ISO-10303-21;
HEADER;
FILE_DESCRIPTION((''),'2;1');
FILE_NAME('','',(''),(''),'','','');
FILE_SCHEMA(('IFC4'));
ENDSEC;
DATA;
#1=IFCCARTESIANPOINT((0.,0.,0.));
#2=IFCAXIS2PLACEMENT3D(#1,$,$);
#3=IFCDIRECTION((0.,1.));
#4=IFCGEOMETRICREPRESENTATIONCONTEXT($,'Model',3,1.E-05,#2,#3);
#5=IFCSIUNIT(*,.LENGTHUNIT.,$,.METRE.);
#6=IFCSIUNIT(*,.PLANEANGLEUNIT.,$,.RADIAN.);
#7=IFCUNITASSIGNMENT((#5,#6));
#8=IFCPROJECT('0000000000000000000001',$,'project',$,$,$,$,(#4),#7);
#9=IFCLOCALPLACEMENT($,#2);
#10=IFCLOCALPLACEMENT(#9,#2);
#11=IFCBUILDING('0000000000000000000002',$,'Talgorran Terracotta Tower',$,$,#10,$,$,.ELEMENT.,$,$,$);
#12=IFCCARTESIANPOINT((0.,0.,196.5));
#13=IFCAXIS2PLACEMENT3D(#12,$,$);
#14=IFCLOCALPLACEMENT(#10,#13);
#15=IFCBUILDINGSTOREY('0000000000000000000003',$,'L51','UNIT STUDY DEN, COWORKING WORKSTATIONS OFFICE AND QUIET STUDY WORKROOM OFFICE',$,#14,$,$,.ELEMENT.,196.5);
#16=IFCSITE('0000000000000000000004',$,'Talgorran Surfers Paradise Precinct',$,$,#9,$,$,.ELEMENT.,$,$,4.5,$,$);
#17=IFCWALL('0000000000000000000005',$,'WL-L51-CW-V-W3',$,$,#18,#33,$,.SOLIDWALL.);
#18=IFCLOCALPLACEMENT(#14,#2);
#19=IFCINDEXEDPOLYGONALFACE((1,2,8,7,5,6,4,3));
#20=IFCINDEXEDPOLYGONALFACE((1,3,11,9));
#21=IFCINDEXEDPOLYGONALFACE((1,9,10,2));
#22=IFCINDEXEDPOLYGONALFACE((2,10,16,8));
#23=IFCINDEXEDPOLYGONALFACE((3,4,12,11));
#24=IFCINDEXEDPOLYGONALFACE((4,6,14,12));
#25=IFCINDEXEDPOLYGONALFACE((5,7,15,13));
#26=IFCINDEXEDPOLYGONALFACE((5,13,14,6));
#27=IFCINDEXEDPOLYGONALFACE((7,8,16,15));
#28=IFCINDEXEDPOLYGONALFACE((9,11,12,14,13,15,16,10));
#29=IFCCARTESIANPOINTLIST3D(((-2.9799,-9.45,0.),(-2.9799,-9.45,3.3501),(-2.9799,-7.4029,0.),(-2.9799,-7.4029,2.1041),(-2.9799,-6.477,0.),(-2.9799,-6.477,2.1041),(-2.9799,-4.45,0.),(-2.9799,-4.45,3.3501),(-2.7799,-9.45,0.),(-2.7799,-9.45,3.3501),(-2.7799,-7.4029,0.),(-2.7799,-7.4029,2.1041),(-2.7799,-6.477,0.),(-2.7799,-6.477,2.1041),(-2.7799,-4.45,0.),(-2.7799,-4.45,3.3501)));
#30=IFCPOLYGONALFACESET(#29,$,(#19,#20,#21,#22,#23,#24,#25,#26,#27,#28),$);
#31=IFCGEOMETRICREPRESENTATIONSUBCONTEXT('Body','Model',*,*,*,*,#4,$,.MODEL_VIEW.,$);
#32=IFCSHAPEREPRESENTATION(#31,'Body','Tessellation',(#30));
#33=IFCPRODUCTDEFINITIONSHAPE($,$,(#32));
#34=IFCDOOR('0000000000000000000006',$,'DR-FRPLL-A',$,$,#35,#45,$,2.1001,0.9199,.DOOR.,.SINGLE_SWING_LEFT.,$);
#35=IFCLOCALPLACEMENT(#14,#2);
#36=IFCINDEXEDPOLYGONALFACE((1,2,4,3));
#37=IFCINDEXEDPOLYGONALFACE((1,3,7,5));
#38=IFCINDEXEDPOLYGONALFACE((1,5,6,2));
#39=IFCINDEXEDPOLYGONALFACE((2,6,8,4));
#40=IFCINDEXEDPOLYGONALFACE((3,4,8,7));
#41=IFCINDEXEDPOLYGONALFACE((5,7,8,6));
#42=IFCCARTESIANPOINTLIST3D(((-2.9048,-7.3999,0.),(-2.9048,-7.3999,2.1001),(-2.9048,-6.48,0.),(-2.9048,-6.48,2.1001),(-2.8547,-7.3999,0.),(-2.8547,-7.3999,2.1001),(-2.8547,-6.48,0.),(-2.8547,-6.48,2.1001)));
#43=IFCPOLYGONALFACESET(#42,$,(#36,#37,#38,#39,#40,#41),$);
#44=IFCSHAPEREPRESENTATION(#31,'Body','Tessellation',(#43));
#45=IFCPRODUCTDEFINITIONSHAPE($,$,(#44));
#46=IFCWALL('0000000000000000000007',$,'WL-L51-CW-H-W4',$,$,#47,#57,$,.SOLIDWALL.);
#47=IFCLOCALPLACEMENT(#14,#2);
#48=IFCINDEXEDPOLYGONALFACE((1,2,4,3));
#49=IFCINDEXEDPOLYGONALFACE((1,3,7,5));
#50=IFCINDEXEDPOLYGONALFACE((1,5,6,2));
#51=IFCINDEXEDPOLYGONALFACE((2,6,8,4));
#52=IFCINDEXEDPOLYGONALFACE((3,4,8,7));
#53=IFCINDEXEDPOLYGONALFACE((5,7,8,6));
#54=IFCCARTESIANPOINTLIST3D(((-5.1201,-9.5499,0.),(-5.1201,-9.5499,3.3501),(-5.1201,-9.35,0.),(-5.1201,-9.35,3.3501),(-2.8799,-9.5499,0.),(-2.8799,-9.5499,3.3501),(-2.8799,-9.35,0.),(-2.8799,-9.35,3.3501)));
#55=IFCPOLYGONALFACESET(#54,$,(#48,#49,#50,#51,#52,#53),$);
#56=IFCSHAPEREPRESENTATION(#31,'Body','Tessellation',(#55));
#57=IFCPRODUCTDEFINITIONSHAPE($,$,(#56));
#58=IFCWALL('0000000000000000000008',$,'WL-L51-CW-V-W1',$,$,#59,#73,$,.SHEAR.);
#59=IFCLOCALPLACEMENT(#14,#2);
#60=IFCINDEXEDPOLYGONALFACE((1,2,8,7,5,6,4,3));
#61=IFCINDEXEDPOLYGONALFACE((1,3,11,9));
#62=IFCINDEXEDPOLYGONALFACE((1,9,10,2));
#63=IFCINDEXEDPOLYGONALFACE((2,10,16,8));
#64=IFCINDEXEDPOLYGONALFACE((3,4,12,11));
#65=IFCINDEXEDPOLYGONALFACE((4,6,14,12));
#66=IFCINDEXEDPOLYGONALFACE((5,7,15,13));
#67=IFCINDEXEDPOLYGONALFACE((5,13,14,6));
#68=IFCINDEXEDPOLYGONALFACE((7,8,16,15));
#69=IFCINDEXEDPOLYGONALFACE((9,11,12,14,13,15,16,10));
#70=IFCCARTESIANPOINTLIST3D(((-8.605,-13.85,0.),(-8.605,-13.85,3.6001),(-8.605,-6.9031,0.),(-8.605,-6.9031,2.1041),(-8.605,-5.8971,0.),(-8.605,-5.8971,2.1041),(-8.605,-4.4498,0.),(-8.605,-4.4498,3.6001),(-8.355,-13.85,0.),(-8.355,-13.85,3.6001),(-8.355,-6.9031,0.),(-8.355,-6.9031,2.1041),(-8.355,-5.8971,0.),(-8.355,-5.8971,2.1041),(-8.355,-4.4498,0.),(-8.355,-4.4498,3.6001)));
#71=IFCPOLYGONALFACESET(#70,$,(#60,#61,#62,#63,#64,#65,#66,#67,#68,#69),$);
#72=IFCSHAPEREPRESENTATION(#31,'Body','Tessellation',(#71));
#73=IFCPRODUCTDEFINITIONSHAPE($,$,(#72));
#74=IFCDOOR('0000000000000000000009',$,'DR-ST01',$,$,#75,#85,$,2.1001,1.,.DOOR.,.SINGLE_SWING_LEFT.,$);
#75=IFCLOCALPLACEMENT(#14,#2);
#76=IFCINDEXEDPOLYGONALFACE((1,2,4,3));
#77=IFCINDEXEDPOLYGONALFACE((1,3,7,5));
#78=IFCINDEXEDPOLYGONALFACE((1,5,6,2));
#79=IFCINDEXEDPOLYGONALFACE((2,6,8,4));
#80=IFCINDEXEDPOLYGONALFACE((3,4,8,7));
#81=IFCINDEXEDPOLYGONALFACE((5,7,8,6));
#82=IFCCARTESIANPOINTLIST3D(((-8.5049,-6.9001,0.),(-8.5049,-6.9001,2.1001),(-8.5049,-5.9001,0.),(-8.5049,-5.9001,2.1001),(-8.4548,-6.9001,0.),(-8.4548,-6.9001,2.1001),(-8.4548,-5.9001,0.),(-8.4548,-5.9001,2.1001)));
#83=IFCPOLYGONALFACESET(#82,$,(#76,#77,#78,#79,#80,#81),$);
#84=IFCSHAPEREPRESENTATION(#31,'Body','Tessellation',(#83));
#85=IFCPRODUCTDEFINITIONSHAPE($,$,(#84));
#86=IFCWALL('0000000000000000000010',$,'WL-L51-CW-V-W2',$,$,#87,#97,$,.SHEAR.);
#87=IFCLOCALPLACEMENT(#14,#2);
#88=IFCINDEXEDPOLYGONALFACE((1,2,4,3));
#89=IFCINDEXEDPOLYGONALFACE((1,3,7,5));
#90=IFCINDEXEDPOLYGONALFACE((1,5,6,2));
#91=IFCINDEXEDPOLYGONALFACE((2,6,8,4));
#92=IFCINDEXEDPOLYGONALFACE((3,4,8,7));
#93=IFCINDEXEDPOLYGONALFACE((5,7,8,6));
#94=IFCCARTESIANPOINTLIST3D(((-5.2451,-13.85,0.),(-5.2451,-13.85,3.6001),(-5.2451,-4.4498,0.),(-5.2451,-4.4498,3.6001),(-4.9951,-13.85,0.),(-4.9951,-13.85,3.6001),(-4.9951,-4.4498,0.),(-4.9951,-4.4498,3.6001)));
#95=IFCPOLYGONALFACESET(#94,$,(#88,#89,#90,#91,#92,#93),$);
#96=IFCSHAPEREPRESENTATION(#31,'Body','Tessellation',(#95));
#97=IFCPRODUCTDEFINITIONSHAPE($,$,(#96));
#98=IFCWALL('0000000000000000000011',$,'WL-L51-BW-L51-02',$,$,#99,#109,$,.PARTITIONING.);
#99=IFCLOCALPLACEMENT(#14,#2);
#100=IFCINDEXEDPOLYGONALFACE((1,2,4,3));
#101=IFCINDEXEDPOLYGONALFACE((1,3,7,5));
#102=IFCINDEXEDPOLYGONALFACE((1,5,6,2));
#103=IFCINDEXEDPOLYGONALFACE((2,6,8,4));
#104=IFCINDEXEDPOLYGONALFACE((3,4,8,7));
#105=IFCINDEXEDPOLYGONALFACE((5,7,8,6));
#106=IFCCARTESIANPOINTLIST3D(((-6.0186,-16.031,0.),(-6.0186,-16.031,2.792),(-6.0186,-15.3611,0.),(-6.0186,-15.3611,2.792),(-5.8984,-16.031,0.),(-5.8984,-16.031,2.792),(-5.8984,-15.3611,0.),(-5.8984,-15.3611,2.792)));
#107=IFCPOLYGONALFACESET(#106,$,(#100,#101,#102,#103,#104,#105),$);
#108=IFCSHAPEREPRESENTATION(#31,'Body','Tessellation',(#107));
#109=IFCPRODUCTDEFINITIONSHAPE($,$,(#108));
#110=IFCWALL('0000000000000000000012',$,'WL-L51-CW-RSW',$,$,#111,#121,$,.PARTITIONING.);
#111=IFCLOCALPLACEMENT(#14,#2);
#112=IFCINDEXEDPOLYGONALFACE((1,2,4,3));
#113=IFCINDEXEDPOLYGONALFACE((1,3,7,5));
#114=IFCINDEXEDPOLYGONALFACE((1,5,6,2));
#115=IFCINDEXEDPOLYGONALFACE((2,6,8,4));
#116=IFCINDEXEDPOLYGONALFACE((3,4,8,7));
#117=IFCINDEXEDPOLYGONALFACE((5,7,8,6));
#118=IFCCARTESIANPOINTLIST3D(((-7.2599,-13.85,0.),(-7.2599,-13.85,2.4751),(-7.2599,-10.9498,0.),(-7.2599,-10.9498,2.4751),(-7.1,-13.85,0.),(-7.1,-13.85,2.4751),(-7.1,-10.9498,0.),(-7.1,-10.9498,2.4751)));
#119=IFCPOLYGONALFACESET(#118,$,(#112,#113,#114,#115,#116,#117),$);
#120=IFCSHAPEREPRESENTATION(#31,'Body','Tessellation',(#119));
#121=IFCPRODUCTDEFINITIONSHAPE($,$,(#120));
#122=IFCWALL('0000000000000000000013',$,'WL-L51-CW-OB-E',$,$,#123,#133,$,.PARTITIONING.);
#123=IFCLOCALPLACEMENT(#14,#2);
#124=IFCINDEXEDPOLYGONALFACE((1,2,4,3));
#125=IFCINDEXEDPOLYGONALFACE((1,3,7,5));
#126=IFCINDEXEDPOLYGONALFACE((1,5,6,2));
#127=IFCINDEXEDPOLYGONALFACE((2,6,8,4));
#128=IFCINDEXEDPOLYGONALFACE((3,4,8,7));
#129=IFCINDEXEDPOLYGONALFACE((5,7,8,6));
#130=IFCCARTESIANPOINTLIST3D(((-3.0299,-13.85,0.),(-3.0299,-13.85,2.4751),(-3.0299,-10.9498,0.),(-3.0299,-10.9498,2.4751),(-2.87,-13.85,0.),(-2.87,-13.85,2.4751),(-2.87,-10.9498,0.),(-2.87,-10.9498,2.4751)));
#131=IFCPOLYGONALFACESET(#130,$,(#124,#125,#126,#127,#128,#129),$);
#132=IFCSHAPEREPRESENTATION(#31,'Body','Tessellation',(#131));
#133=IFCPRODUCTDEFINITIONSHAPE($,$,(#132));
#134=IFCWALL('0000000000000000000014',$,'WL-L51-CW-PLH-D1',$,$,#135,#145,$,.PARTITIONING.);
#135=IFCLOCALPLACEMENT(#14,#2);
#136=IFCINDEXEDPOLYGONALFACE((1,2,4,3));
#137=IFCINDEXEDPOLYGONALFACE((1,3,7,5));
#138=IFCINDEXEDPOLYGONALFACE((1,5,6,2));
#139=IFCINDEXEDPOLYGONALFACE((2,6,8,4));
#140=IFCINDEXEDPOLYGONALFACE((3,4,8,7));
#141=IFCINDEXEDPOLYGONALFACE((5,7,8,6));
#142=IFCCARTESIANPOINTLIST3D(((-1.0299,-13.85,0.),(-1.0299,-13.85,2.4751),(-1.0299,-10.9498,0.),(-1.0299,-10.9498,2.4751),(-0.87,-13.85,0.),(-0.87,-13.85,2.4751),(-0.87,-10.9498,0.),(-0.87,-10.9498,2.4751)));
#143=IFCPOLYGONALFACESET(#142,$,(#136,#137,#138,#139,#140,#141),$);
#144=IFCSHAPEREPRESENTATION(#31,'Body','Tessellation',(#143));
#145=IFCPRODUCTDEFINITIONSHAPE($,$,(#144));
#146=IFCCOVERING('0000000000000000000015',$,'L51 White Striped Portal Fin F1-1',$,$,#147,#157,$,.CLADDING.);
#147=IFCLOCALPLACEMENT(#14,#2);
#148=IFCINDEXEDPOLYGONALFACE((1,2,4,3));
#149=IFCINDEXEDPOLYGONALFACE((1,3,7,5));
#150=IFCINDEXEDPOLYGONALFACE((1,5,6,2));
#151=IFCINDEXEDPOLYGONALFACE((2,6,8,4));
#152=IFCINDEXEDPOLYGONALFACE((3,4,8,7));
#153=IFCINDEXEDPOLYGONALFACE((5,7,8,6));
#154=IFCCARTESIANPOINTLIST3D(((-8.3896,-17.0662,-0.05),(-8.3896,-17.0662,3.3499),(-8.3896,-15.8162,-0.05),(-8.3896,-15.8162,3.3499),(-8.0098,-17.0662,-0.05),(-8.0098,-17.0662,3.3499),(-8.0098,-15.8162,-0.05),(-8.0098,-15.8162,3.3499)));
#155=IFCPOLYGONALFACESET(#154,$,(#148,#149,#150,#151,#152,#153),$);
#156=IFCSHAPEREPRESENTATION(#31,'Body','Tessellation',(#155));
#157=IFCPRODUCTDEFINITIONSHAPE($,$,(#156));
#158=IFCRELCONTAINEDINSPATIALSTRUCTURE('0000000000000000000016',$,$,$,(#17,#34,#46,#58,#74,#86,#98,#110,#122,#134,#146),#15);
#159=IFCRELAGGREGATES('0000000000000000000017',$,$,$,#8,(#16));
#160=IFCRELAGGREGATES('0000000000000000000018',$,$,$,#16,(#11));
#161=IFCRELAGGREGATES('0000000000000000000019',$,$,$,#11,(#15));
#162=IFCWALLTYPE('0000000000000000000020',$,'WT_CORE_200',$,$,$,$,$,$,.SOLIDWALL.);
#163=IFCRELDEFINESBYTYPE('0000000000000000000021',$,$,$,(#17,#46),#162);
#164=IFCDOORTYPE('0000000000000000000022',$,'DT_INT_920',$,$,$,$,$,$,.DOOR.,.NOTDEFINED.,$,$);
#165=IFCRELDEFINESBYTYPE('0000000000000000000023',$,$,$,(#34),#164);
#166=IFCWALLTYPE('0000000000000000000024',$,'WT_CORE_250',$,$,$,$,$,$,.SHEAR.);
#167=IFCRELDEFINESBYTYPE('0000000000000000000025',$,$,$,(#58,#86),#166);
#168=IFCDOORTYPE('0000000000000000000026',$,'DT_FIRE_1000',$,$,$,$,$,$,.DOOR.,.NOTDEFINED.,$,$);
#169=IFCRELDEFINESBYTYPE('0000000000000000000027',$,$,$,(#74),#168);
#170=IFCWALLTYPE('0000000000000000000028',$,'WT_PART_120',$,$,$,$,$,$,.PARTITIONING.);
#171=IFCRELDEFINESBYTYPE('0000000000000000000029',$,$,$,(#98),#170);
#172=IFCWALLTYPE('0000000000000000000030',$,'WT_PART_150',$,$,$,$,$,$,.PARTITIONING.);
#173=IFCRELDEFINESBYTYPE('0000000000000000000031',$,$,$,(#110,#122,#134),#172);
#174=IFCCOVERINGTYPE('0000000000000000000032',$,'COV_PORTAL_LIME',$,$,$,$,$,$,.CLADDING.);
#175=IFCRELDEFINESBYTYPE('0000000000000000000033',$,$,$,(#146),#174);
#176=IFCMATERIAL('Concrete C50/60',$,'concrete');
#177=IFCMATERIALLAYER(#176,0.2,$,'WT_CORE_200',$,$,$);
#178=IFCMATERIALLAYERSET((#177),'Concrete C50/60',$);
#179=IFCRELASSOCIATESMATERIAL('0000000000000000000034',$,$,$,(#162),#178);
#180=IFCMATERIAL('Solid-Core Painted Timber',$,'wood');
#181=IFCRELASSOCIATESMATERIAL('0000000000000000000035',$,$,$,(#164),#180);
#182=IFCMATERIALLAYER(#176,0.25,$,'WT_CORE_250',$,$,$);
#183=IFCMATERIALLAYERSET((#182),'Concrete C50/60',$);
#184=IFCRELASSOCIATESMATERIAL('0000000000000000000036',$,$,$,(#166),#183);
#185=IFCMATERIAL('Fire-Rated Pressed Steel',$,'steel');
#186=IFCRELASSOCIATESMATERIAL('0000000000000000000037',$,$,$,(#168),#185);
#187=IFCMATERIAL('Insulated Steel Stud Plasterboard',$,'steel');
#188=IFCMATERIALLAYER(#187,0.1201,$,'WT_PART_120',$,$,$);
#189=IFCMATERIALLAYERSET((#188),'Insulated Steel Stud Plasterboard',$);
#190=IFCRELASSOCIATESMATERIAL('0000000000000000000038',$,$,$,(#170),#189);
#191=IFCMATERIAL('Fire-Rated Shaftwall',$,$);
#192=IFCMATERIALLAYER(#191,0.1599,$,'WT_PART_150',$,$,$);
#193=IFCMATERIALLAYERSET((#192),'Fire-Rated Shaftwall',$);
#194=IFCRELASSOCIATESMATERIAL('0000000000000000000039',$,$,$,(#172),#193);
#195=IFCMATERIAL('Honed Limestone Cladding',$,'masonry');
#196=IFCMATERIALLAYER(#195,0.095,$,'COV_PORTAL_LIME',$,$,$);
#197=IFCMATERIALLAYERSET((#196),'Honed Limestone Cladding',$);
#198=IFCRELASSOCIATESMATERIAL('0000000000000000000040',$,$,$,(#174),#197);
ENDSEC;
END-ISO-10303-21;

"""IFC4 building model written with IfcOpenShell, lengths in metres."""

from ifc_helpers import new_model, si_unit, direction, frame, frame_2d, origin, origin_2d, place, context, subcontext, project, spatial, rectangle, extrude, material, layer, layer_set, type_object, element, fill, save


model = new_model("IFC4")

# Units and contexts
model_context = context("Model", 3, precision=1e-05, world=origin(), true_north=direction((0.0, 1.0)))
body_context = subcontext(model_context, "Body", "Model", "MODEL_VIEW")
ifc_project = project(units=[si_unit("LENGTHUNIT", "METRE"), si_unit("PLANEANGLEUNIT", "RADIAN")], contexts=[model_context])

# Site, building, storey
site_placement = place(None, origin())
site = spatial("IfcSite", under=ifc_project, at=site_placement, Name="Talgorran Surfers Paradise Precinct", CompositionType="ELEMENT", RefElevation=4.5)
building_placement = place(site_placement, origin())
building = spatial("IfcBuilding", under=site, at=building_placement, Name="Talgorran Terracotta Tower", CompositionType="ELEMENT")
storey_placement = place(building_placement, frame((0.0, 0.0, 196.5)))
storey = spatial("IfcBuildingStorey", under=building, at=storey_placement, Name="L51", Description="UNIT STUDY DEN, COWORKING WORKSTATIONS OFFICE AND QUIET STUDY WORKROOM OFFICE", CompositionType="ELEMENT", Elevation=196.5)

# Shared definitions
ifc_material_1 = material(Name="Concrete C50/60", Category="concrete")

# Shared definitions
ifc_layer_1 = layer(ifc_material_1, 0.2, Name="WT_CORE_200")
ifc_layer_set_1 = layer_set([ifc_layer_1], Name="Concrete C50/60")
wall_type_1 = type_object("IfcWallType", Name="WT_CORE_200", PredefinedType="SOLIDWALL", material=ifc_layer_set_1)
ifc_material_2 = material(Name="Fire-Rated Pressed Steel", Category="steel")

# Wall, opening, door
wall_1_placement = place(storey_placement, frame((-2.8799, -9.45, 0.0), z_axis=(0.0, 0.0, 1.0), x_axis=(0.0, 1.0, 0.0)))
wall_1 = element("IfcWall", 1, at=wall_1_placement, inside=storey, type_object=wall_type_1, Name="WL-L51-CW-V-W3", PredefinedType="SOLIDWALL", context=body_context, shape_type="SweptSolid", body=[
    extrude(rectangle(XDim=5.0, YDim=0.2, at=frame_2d((2.5, 0.0))), origin(), (0.0, 0.0, 1.0), 3.3501),
])
opening_1_placement = place(wall_1_placement, frame((2.05, 0.0, 0.0)))
opening_1 = element("IfcOpeningElement", 2, at=opening_1_placement, cuts=wall_1, PredefinedType="OPENING", context=body_context, shape_type="SweptSolid", body=[
    extrude(rectangle(XDim=0.9259, YDim=2.1041, at=frame_2d((0.46, 1.052))), frame((0.0, 0.1099, 0.0), z_axis=(0.0, -1.0, 0.0), x_axis=(1.0, 0.0, 0.0)), (0.0, 0.0, 1.0), 0.22),
])
ifc_material_3 = material(Name="Solid-Core Painted Timber", Category="wood")
door_type_1 = type_object("IfcDoorType", Name="DT_INT_920", OperationType="NOTDEFINED", PredefinedType="DOOR", material=ifc_material_3)
door_1_placement = place(opening_1_placement, origin())
door_1 = element("IfcDoor", 3, at=door_1_placement, inside=storey, type_object=door_type_1, Name="DR-FRPLL-A", OperationType="SINGLE_SWING_LEFT", OverallHeight=2.1001, OverallWidth=0.9199, PredefinedType="DOOR", context=body_context, shape_type="SweptSolid", body=[
    extrude(rectangle(XDim=0.9199, YDim=2.1001, at=frame_2d((0.46, 1.05))), frame((0.0, 0.0249, 0.0), z_axis=(0.0, -1.0, 0.0), x_axis=(1.0, 0.0, 0.0)), (0.0, 0.0, 1.0), 0.05),
])
fill(opening_1, door_1)

# Wall
wall_2_placement = place(storey_placement, frame((-5.1201, -9.45, 0.0), z_axis=(0.0, 0.0, 1.0), x_axis=(1.0, 0.0, 0.0)))
element("IfcWall", 4, at=wall_2_placement, inside=storey, type_object=wall_type_1, Name="WL-L51-CW-H-W4", PredefinedType="SOLIDWALL", context=body_context, shape_type="SweptSolid", body=[
    extrude(rectangle(XDim=2.2402, YDim=0.2, at=frame_2d((1.1201, 0.0))), origin(), (0.0, 0.0, 1.0), 3.3501),
])

# Wall, opening, door
ifc_layer_2 = layer(ifc_material_1, 0.25, Name="WT_CORE_250")
ifc_layer_set_2 = layer_set([ifc_layer_2], Name="Concrete C50/60")
wall_type_2 = type_object("IfcWallType", Name="WT_CORE_250", PredefinedType="SHEAR", material=ifc_layer_set_2)
wall_3_placement = place(storey_placement, frame((-8.48, -13.8501, 0.0), z_axis=(0.0, 0.0, 1.0), x_axis=(0.0, 1.0, 0.0)))
wall_3 = element("IfcWall", 5, at=wall_3_placement, inside=storey, type_object=wall_type_2, Name="WL-L51-CW-V-W1", PredefinedType="SHEAR", context=body_context, shape_type="SweptSolid", body=[
    extrude(rectangle(XDim=9.4001, YDim=0.25, at=frame_2d((4.7002, 0.0))), origin(), (0.0, 0.0, 1.0), 3.6001),
])
opening_2_placement = place(wall_3_placement, frame((6.95, 0.0, 0.0)))
opening_2 = element("IfcOpeningElement", 6, at=opening_2_placement, cuts=wall_3, PredefinedType="OPENING", context=body_context, shape_type="SweptSolid", body=[
    extrude(rectangle(XDim=1.006, YDim=2.1041, at=frame_2d((0.5, 1.052))), frame((0.0, 0.135, 0.0), z_axis=(0.0, -1.0, 0.0), x_axis=(1.0, 0.0, 0.0)), (0.0, 0.0, 1.0), 0.27),
])
door_type_2 = type_object("IfcDoorType", Name="DT_FIRE_1000", OperationType="NOTDEFINED", PredefinedType="DOOR", material=ifc_material_2)
door_2_placement = place(opening_2_placement, origin())
door_2 = element("IfcDoor", 7, at=door_2_placement, inside=storey, type_object=door_type_2, Name="DR-ST01", OperationType="SINGLE_SWING_LEFT", OverallHeight=2.1001, OverallWidth=1.0, PredefinedType="DOOR", context=body_context, shape_type="SweptSolid", body=[
    extrude(rectangle(XDim=1.0, YDim=2.1001, at=frame_2d((0.5, 1.05))), frame((0.0, 0.0249, 0.0), z_axis=(0.0, -1.0, 0.0), x_axis=(1.0, 0.0, 0.0)), (0.0, 0.0, 1.0), 0.05),
])
fill(opening_2, door_2)

# Walls
wall_4_placement = place(storey_placement, frame((-5.1201, -13.8501, 0.0), z_axis=(0.0, 0.0, 1.0), x_axis=(0.0, 1.0, 0.0)))
element("IfcWall", 8, at=wall_4_placement, inside=storey, type_object=wall_type_2, Name="WL-L51-CW-V-W2", PredefinedType="SHEAR", context=body_context, shape_type="SweptSolid", body=[
    extrude(rectangle(XDim=9.4001, YDim=0.25, at=frame_2d((4.7002, 0.0))), origin(), (0.0, 0.0, 1.0), 3.6001),
])
ifc_material_4 = material(Name="Insulated Steel Stud Plasterboard", Category="steel")
ifc_layer_3 = layer(ifc_material_4, 0.1201, Name="WT_PART_120")
ifc_layer_set_3 = layer_set([ifc_layer_3], Name="Insulated Steel Stud Plasterboard")
wall_type_3 = type_object("IfcWallType", Name="WT_PART_120", PredefinedType="PARTITIONING", material=ifc_layer_set_3)
wall_5_placement = place(storey_placement, frame((-5.9585, -15.3611, 0.0), z_axis=(0.0, 0.0, 1.0), x_axis=(0.0, -1.0, 0.0)))
element("IfcWall", 9, at=wall_5_placement, inside=storey, type_object=wall_type_3, Name="WL-L51-BW-L51-02", PredefinedType="PARTITIONING", context=body_context, shape_type="SweptSolid", body=[
    extrude(rectangle(XDim=0.6699, YDim=0.1201, at=frame_2d((0.335, 0.0))), origin(), (0.0, 0.0, 1.0), 2.792),
])
ifc_material_5 = material(Name="Fire-Rated Shaftwall")
ifc_layer_4 = layer(ifc_material_5, 0.1599, Name="WT_PART_150")
ifc_layer_set_4 = layer_set([ifc_layer_4], Name="Fire-Rated Shaftwall")
wall_type_4 = type_object("IfcWallType", Name="WT_PART_150", PredefinedType="PARTITIONING", material=ifc_layer_set_4)
for number, where, z_axis, x_axis, name in (
    (10, (-7.1799, -13.8501, 0.0), (0.0, 0.0, 1.0), (0.0, 1.0, 0.0), "WL-L51-CW-RSW"),
    (11, (-2.95, -13.8501, 0.0), (0.0, 0.0, 1.0), (0.0, 1.0, 0.0), "WL-L51-CW-OB-E"),
    (12, (-0.95, -13.8501, 0.0), (0.0, 0.0, 1.0), (0.0, 1.0, 0.0), "WL-L51-CW-PLH-D1"),
):
    element("IfcWall", number, at=place(storey_placement, frame(where, z_axis=z_axis, x_axis=x_axis)), inside=storey, type_object=wall_type_4, Name=name, PredefinedType="PARTITIONING", context=body_context, shape_type="SweptSolid", body=[
        extrude(rectangle(XDim=2.9001, YDim=0.1599, at=frame_2d((1.4502, 0.0))), origin(), (0.0, 0.0, 1.0), 2.4751),
    ])

# Covering
ifc_material_6 = material(Name="Honed Limestone Cladding", Category="masonry")
ifc_layer_5 = layer(ifc_material_6, 0.095, Name="COV_PORTAL_LIME")
ifc_layer_set_5 = layer_set([ifc_layer_5], Name="Honed Limestone Cladding")
covering_type = type_object("IfcCoveringType", Name="COV_PORTAL_LIME", PredefinedType="CLADDING", material=ifc_layer_set_5)
covering_placement = place(storey_placement, frame((-8.1997, -16.4412, -0.05), z_axis=(0.0, 0.0, 1.0), x_axis=(1.0, 0.0, 0.0)))
element("IfcCovering", 13, at=covering_placement, inside=storey, type_object=covering_type, Name="L51 White Striped Portal Fin F1-1", PredefinedType="CLADDING", context=body_context, shape_type="SweptSolid", body=[
    extrude(rectangle(XDim=0.3799, YDim=1.25, at=origin_2d()), origin(), (0.0, 0.0, 1.0), 3.3999),
])

save(model, "model.ifc")
